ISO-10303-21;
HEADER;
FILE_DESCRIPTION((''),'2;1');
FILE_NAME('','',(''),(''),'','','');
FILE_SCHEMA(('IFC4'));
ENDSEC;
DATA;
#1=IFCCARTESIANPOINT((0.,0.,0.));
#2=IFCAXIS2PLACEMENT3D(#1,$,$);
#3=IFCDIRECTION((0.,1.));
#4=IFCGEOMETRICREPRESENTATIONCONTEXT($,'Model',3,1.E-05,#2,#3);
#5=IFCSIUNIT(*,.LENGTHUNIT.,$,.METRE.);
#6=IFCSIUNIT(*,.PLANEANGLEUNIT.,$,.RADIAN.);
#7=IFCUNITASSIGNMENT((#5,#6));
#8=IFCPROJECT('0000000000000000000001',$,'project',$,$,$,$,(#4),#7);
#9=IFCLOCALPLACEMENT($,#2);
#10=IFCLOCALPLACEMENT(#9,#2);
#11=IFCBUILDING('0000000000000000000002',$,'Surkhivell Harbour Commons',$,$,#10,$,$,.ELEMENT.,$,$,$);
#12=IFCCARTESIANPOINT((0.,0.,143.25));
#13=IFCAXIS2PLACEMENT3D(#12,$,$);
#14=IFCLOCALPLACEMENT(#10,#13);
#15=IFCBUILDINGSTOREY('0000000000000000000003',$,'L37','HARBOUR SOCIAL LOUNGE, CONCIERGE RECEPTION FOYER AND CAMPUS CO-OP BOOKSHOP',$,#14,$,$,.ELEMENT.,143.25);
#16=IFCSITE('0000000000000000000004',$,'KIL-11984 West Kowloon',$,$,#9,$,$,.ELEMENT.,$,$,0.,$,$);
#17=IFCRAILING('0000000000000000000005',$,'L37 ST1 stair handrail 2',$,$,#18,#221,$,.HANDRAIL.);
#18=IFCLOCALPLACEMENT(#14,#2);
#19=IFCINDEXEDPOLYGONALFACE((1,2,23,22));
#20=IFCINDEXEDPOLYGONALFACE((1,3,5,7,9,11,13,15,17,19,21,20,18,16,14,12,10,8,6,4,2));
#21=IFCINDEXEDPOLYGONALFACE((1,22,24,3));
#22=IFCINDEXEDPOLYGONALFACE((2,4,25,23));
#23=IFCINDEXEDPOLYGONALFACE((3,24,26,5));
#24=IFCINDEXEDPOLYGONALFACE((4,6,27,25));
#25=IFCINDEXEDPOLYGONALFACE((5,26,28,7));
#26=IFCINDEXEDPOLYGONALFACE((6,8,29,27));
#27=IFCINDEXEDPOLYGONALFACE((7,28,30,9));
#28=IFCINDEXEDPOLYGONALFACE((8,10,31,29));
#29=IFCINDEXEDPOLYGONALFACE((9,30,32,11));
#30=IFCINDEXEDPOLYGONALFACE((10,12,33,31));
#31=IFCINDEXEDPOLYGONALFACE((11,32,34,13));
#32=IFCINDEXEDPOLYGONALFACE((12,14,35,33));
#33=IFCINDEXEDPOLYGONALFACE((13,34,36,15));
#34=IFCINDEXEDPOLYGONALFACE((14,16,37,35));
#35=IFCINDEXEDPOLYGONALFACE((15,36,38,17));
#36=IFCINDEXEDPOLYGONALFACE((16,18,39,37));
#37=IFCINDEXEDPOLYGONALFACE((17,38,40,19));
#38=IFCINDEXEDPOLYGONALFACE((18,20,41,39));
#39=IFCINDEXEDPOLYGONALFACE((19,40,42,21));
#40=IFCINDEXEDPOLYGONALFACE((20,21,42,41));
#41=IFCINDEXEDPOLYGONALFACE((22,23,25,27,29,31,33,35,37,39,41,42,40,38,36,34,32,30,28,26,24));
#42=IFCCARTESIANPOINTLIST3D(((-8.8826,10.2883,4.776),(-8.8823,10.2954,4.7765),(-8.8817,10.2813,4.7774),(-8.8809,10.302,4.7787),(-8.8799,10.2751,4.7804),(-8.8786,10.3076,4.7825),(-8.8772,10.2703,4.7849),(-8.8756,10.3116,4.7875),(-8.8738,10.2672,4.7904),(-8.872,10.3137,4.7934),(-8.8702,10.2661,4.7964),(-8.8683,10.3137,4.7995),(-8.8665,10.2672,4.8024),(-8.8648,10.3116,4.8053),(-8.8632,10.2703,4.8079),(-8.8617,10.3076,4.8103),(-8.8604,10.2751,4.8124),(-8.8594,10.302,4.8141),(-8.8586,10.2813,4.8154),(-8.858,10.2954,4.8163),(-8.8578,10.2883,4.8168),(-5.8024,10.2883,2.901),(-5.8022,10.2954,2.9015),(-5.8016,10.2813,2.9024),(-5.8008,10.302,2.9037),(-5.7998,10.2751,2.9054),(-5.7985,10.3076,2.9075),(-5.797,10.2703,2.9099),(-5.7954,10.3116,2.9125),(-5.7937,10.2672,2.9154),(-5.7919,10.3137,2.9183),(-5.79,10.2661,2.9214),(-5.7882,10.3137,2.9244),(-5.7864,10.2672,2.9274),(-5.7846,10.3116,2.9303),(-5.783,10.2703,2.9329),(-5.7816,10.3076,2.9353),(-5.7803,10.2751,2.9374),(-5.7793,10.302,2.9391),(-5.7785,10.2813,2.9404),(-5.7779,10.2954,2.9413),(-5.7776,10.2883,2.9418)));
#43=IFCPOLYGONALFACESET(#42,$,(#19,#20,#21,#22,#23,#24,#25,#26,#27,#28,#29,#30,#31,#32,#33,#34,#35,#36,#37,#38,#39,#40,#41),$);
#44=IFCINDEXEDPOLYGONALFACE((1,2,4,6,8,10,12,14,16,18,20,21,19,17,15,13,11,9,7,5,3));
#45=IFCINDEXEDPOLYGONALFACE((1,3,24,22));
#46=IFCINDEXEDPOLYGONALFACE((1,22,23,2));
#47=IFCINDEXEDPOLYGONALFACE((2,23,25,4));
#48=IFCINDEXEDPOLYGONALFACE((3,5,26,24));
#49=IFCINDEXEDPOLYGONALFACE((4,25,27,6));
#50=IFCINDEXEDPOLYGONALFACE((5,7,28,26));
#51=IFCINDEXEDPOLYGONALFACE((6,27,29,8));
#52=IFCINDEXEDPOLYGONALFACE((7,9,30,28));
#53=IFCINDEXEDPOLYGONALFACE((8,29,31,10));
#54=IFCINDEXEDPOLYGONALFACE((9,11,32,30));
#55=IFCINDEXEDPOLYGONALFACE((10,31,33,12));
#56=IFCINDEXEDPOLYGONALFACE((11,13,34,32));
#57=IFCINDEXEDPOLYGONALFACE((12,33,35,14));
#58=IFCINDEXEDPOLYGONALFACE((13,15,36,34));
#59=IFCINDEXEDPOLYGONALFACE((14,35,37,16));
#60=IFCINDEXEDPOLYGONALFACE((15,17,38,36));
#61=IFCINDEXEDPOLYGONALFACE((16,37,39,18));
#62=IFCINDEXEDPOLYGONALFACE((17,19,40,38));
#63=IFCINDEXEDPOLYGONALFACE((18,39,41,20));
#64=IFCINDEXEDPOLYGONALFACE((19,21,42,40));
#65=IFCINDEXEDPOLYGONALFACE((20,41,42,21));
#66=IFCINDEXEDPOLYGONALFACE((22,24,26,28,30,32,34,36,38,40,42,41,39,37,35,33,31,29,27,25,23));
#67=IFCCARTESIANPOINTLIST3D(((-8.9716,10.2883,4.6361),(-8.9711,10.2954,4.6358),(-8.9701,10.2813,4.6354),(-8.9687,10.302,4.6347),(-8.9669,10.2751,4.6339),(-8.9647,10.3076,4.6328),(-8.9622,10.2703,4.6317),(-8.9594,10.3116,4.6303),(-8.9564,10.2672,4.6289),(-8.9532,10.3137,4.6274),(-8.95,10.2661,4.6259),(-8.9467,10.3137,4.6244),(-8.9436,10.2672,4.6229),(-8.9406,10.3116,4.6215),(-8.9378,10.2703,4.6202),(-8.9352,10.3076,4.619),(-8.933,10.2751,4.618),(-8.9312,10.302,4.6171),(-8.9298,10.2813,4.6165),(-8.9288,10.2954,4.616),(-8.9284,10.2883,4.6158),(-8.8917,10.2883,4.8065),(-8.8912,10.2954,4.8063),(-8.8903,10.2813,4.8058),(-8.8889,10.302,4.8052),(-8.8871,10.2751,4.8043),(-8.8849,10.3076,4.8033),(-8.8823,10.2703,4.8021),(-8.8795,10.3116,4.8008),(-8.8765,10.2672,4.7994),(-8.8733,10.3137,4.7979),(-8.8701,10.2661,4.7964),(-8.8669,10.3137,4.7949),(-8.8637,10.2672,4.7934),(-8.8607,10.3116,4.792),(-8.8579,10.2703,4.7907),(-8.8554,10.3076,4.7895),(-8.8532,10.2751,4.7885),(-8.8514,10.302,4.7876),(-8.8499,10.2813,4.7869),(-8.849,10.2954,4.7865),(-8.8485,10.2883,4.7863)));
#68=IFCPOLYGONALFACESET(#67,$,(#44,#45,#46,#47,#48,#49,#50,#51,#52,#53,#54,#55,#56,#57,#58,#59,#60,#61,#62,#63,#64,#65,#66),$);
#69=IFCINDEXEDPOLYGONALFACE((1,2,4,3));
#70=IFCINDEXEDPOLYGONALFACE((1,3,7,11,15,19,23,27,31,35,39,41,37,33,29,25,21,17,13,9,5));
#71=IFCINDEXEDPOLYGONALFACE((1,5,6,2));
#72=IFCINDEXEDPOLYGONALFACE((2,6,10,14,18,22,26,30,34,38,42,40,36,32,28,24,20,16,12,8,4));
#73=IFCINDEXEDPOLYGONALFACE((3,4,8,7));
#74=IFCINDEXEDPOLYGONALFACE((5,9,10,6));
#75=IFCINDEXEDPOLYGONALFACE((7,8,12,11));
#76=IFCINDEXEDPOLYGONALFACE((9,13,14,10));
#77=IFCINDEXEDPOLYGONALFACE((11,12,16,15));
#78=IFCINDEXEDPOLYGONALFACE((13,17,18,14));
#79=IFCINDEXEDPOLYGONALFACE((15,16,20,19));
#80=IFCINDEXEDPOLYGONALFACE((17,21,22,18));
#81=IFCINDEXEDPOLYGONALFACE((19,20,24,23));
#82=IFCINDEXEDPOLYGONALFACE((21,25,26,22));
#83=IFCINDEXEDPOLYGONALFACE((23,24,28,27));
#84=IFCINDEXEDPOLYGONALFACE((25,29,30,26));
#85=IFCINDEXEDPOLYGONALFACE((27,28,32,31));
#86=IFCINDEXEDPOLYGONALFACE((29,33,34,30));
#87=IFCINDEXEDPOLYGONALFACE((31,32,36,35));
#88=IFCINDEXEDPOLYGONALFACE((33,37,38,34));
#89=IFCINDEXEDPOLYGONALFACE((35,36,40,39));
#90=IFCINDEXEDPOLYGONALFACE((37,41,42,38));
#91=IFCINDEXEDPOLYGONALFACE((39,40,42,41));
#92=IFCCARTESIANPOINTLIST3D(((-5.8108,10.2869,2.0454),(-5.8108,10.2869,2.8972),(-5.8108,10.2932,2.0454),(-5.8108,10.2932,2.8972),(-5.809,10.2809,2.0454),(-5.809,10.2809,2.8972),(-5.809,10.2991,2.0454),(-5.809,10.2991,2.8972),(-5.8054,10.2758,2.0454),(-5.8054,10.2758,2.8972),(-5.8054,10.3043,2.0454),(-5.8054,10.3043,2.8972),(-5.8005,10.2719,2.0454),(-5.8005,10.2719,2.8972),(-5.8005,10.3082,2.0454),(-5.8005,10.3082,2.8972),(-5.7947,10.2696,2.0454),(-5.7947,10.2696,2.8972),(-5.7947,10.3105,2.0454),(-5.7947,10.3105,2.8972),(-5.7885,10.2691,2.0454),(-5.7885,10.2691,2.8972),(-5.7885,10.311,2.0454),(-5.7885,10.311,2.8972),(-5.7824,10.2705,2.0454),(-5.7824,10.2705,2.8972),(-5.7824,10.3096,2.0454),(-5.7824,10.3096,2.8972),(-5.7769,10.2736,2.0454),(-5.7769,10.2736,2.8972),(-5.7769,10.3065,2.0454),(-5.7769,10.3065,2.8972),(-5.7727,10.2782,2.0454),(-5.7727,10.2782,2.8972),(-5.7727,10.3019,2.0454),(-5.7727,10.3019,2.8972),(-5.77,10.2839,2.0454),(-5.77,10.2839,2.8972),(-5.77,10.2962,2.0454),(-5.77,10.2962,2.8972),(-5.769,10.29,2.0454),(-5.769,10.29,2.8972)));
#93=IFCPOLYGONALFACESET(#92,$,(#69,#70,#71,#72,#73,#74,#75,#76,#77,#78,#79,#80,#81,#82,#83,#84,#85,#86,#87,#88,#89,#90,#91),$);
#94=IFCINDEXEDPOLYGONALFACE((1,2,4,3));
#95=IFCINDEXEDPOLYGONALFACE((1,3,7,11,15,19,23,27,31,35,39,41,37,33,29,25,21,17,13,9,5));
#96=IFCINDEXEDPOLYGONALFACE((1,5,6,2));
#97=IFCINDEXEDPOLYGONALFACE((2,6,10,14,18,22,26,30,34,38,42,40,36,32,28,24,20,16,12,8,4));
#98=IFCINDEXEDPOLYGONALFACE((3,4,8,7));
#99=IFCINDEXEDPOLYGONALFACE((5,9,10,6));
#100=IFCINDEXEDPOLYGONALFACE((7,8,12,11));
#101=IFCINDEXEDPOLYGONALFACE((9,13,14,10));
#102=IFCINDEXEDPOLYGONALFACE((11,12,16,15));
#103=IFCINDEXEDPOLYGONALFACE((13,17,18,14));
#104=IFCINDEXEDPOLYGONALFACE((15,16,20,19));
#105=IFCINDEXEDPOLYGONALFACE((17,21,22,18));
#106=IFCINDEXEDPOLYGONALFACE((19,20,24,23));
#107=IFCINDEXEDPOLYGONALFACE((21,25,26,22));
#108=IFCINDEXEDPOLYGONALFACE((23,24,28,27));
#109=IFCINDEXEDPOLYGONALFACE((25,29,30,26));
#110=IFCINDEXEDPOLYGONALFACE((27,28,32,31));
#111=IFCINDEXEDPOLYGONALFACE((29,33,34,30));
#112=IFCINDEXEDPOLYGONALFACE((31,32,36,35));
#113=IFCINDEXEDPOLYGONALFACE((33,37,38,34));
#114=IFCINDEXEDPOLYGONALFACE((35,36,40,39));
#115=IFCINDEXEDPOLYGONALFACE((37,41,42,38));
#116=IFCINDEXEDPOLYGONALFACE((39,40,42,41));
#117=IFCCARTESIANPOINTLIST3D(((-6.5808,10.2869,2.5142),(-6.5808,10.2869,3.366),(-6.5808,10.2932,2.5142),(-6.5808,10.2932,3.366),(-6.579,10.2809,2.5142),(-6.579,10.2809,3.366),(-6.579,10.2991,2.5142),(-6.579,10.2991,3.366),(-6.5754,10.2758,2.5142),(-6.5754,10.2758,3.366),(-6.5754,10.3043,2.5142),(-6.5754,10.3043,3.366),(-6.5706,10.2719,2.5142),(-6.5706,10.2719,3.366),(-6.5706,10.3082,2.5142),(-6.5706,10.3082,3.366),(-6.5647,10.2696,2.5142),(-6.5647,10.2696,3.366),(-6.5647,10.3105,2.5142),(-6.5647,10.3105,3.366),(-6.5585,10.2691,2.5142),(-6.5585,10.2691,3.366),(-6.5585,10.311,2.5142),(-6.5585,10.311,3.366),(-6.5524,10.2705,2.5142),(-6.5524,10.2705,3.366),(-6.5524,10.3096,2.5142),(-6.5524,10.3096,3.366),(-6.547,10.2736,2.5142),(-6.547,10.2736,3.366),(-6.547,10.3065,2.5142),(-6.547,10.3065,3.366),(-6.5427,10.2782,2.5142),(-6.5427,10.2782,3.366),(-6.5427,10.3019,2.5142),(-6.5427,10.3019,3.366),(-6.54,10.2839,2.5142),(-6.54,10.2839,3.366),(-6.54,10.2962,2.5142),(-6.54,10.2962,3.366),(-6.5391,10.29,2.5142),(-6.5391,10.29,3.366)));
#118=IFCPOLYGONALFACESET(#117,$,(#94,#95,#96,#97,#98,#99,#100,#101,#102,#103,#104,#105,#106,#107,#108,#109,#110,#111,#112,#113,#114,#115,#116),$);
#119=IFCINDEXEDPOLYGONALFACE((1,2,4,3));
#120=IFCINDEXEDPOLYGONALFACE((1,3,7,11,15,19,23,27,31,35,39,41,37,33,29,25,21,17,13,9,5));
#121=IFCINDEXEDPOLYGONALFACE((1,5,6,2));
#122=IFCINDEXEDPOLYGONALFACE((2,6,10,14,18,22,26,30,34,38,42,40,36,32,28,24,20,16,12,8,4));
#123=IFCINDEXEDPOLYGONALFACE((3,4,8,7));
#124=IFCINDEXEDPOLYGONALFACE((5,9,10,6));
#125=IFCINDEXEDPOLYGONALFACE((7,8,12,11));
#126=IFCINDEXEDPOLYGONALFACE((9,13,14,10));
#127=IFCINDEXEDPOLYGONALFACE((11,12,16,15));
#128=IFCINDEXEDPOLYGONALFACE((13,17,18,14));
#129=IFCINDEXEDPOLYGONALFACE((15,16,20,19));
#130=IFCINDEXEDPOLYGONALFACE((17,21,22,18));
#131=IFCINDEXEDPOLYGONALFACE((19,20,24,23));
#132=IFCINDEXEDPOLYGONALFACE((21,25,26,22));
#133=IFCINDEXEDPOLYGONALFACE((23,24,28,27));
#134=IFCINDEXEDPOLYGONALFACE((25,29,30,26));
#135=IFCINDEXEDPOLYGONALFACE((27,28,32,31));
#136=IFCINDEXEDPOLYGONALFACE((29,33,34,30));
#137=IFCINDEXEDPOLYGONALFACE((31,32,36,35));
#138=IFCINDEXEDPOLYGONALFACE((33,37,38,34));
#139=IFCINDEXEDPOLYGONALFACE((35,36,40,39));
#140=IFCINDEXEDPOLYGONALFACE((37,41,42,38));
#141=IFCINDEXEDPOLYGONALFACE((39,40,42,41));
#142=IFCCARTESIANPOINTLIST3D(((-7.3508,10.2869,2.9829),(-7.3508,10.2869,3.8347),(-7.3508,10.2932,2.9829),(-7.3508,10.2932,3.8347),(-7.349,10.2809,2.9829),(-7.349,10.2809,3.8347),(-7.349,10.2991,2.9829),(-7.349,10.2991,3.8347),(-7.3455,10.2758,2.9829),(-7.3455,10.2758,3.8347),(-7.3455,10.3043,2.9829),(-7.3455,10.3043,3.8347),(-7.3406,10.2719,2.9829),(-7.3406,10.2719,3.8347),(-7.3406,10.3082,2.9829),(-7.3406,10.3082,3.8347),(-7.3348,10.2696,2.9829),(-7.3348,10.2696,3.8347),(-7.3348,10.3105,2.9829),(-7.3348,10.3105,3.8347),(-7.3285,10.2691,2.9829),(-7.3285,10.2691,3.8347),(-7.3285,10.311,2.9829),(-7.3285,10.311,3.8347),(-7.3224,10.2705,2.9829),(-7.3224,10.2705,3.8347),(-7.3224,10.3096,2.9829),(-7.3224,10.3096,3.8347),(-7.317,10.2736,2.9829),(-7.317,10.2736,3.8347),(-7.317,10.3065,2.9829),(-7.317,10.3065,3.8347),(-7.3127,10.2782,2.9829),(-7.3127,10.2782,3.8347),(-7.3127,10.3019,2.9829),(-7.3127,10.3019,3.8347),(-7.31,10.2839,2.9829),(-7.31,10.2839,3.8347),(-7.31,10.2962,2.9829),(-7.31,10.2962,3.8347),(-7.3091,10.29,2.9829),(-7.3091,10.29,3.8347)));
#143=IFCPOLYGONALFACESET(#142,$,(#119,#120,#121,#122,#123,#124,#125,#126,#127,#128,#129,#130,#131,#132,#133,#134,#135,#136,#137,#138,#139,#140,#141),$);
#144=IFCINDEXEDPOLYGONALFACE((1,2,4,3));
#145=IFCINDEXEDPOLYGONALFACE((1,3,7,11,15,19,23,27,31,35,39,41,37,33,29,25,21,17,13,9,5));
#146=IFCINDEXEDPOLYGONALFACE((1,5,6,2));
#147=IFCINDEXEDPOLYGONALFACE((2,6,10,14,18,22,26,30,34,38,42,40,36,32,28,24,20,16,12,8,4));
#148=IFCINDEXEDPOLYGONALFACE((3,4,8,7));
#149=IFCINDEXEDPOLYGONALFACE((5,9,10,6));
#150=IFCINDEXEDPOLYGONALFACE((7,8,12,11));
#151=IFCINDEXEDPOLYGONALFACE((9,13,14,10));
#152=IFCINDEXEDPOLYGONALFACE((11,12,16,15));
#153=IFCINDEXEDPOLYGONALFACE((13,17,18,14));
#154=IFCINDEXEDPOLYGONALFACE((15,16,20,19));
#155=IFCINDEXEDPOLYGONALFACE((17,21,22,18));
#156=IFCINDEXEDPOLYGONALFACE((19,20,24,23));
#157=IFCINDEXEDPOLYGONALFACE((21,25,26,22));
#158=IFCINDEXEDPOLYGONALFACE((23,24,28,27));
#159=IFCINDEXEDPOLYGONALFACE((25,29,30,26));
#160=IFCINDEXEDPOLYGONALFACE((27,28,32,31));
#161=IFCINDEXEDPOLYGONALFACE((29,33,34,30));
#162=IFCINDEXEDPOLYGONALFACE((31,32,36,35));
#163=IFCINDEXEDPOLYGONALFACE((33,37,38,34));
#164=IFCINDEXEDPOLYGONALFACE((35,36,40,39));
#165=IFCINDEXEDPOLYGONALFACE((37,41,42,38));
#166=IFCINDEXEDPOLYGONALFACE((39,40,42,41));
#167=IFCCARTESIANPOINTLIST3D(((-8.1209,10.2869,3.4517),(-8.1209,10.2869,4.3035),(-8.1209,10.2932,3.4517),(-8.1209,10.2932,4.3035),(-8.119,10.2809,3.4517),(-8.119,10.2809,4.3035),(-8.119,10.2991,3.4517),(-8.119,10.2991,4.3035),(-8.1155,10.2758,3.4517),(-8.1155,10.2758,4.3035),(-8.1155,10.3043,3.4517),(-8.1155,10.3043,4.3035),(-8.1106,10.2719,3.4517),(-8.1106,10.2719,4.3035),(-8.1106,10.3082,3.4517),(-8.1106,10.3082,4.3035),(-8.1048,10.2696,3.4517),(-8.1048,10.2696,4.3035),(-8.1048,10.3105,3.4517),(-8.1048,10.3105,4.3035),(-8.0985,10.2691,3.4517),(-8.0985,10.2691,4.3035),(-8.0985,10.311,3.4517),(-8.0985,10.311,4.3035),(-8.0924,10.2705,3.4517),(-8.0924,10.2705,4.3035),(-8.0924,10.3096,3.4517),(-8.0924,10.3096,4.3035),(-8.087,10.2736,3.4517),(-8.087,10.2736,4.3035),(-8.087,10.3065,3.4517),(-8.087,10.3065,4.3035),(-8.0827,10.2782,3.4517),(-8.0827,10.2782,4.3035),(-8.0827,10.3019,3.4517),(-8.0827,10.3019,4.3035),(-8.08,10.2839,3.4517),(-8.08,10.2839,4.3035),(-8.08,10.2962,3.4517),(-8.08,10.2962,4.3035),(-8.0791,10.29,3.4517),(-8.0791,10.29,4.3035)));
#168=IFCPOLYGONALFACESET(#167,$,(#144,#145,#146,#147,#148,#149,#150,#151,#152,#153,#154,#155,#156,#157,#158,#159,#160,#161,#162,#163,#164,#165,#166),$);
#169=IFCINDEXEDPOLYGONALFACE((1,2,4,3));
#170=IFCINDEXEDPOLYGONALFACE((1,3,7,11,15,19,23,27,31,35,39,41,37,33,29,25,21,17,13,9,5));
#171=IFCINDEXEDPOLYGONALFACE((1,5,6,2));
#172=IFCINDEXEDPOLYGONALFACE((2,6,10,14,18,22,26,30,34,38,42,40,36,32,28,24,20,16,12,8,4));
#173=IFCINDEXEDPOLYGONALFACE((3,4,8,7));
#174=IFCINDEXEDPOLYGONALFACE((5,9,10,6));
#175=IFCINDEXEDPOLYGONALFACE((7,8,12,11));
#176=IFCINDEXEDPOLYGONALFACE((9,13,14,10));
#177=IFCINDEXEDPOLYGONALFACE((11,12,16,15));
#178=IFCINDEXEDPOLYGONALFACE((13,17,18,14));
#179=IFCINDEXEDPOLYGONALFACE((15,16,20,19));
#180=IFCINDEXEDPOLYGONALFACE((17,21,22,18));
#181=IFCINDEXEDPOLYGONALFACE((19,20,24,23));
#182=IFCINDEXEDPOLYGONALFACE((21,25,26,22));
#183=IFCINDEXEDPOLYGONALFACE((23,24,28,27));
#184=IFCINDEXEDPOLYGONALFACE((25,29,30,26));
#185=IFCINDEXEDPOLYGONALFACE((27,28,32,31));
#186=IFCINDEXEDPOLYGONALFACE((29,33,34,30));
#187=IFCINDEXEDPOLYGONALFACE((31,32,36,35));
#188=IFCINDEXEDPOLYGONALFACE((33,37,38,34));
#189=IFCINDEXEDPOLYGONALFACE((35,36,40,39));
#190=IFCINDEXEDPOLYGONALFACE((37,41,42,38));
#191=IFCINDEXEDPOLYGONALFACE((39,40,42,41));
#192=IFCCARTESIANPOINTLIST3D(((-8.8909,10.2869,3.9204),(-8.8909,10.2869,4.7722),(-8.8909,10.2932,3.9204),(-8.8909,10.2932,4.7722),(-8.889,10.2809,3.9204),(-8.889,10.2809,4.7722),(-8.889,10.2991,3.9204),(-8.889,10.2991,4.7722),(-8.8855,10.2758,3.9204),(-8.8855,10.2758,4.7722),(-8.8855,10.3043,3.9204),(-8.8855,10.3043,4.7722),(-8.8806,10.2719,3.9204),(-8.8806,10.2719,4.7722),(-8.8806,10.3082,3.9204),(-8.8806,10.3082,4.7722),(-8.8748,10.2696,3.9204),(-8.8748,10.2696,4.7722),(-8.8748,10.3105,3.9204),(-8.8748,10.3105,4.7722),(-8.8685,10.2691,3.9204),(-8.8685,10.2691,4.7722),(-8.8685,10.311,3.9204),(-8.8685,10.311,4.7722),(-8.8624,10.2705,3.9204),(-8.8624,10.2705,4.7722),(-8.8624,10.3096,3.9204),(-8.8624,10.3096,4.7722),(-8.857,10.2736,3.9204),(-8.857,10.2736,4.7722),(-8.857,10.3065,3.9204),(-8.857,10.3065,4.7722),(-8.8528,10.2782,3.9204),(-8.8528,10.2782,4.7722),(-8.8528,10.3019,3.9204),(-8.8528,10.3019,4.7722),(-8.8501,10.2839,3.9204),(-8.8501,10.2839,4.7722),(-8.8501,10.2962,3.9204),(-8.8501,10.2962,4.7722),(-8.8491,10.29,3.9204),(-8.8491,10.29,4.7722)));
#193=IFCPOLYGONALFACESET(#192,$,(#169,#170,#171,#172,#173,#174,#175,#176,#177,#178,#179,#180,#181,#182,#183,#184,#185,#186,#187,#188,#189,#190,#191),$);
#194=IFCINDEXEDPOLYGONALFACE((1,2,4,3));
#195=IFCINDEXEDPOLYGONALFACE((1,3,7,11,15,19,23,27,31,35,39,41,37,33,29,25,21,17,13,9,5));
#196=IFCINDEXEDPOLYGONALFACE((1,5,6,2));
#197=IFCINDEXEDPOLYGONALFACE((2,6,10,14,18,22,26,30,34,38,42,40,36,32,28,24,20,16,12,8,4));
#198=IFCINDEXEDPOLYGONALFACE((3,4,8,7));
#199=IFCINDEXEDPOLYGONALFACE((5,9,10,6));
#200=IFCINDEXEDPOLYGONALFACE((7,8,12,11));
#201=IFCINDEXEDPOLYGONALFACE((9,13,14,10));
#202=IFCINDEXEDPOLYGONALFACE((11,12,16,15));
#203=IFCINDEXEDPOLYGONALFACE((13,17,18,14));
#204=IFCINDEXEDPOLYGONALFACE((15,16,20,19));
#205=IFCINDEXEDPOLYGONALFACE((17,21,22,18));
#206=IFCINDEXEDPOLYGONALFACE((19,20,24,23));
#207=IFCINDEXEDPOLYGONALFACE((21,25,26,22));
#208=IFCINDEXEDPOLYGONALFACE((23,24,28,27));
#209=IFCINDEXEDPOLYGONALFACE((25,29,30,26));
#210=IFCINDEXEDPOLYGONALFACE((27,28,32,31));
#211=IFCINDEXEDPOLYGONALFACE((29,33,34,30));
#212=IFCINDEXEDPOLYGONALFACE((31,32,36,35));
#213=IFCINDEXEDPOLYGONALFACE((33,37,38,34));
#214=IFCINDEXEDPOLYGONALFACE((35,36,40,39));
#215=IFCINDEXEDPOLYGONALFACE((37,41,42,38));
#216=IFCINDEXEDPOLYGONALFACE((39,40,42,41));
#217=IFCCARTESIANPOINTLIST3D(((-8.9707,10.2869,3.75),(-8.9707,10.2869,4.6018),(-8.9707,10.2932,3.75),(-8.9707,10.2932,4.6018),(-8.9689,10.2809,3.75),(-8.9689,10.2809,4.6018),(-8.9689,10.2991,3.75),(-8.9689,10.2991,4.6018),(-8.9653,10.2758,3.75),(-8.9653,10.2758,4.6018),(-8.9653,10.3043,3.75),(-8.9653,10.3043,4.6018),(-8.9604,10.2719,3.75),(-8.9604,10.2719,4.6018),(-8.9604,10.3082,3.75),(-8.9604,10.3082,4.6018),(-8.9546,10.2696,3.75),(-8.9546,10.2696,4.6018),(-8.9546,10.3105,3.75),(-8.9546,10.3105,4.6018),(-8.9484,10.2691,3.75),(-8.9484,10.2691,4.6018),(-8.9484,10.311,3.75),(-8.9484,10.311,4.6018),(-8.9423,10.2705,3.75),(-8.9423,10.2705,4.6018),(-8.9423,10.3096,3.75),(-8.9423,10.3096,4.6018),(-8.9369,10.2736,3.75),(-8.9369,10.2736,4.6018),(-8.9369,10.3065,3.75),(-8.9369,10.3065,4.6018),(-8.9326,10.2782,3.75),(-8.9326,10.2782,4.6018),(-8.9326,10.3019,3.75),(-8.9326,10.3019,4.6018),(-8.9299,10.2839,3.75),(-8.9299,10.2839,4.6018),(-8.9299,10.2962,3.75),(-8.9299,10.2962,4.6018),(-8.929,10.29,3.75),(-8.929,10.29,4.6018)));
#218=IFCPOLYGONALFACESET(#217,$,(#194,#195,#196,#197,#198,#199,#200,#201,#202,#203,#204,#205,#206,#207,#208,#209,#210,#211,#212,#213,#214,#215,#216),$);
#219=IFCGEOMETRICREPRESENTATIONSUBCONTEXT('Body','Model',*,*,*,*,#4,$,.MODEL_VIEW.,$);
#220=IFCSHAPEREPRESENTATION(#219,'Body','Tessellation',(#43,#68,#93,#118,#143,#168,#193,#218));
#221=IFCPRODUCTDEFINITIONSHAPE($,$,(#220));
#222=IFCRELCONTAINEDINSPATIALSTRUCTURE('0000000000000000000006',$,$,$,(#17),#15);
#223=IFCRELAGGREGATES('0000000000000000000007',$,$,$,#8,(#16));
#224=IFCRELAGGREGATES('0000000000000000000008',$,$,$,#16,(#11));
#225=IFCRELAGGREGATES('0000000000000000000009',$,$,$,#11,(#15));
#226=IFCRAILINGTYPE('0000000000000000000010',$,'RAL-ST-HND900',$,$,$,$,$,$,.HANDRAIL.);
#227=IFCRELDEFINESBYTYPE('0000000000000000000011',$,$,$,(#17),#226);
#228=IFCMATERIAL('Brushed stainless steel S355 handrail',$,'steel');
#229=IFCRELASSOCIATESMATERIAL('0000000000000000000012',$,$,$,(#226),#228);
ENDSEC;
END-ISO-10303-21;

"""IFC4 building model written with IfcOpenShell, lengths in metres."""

from ifc_helpers import new_model, si_unit, direction, frame, origin, origin_2d, place, context, subcontext, project, spatial, circle, extrude, material, type_object, element, save


model = new_model("IFC4")

# Units and contexts
model_context = context("Model", 3, precision=1e-05, world=origin(), true_north=direction((0.0, 1.0)))
body_context = subcontext(model_context, "Body", "Model", "MODEL_VIEW")
ifc_project = project(units=[si_unit("LENGTHUNIT", "METRE"), si_unit("PLANEANGLEUNIT", "RADIAN")], contexts=[model_context])

# Site, building, storey
site_placement = place(None, origin())
site = spatial("IfcSite", under=ifc_project, at=site_placement, Name="KIL-11984 West Kowloon", CompositionType="ELEMENT", RefElevation=0.0)
building_placement = place(site_placement, origin())
building = spatial("IfcBuilding", under=site, at=building_placement, Name="Surkhivell Harbour Commons", CompositionType="ELEMENT")
storey_placement = place(building_placement, frame((0.0, 0.0, 143.25)))
storey = spatial("IfcBuildingStorey", under=building, at=storey_placement, Name="L37", Description="HARBOUR SOCIAL LOUNGE, CONCIERGE RECEPTION FOYER AND CAMPUS CO-OP BOOKSHOP", CompositionType="ELEMENT", Elevation=143.25)

# Railing
ifc_material_1 = material(Name="Brushed stainless steel S355 handrail", Category="steel")
railing_type_1 = type_object("IfcRailingType", Name="RAL-ST-HND900", PredefinedType="HANDRAIL", material=ifc_material_1)
railing_1_placement = place(storey_placement, frame((-5.79, 10.29, 2.0454)))
element("IfcRailing", 1, at=railing_1_placement, inside=storey, type_object=railing_type_1, Name="L37 ST1 stair handrail 2", PredefinedType="HANDRAIL", context=body_context, shape_type="SweptSolid", body=[
    extrude(circle(Radius=0.0239, at=origin_2d()), frame((0.0, 0.0, 0.876), z_axis=(-0.854178, 0.0, 0.519981), x_axis=(0.0, -1.0, 0.0)), (0.0, 0.0, 1.0), 3.606),
    extrude(circle(Radius=0.0239, at=origin_2d()), frame((-3.0801, 0.0, 2.751), z_axis=(-0.424234, 0.0, -0.905552), x_axis=(0.0, -1.0, 0.0)), (0.0, 0.0, 1.0), 0.1882),
    extrude(circle(Radius=0.021, at=origin_2d()), origin(), (0.0, 0.0, 1.0), 0.8518),
    extrude(circle(Radius=0.021, at=origin_2d()), frame((-0.77, 0.0, 0.4688)), (0.0, 0.0, 1.0), 0.8518),
    extrude(circle(Radius=0.021, at=origin_2d()), frame((-1.54, 0.0, 0.9375)), (0.0, 0.0, 1.0), 0.8518),
    extrude(circle(Radius=0.021, at=origin_2d()), frame((-2.3101, 0.0, 1.4062)), (0.0, 0.0, 1.0), 0.8518),
    extrude(circle(Radius=0.021, at=origin_2d()), frame((-3.0801, 0.0, 1.875)), (0.0, 0.0, 1.0), 0.8518),
    extrude(circle(Radius=0.021, at=origin_2d()), frame((-3.1599, 0.0, 1.7046)), (0.0, 0.0, 1.0), 0.8518),
])

save(model, "model.ifc")
